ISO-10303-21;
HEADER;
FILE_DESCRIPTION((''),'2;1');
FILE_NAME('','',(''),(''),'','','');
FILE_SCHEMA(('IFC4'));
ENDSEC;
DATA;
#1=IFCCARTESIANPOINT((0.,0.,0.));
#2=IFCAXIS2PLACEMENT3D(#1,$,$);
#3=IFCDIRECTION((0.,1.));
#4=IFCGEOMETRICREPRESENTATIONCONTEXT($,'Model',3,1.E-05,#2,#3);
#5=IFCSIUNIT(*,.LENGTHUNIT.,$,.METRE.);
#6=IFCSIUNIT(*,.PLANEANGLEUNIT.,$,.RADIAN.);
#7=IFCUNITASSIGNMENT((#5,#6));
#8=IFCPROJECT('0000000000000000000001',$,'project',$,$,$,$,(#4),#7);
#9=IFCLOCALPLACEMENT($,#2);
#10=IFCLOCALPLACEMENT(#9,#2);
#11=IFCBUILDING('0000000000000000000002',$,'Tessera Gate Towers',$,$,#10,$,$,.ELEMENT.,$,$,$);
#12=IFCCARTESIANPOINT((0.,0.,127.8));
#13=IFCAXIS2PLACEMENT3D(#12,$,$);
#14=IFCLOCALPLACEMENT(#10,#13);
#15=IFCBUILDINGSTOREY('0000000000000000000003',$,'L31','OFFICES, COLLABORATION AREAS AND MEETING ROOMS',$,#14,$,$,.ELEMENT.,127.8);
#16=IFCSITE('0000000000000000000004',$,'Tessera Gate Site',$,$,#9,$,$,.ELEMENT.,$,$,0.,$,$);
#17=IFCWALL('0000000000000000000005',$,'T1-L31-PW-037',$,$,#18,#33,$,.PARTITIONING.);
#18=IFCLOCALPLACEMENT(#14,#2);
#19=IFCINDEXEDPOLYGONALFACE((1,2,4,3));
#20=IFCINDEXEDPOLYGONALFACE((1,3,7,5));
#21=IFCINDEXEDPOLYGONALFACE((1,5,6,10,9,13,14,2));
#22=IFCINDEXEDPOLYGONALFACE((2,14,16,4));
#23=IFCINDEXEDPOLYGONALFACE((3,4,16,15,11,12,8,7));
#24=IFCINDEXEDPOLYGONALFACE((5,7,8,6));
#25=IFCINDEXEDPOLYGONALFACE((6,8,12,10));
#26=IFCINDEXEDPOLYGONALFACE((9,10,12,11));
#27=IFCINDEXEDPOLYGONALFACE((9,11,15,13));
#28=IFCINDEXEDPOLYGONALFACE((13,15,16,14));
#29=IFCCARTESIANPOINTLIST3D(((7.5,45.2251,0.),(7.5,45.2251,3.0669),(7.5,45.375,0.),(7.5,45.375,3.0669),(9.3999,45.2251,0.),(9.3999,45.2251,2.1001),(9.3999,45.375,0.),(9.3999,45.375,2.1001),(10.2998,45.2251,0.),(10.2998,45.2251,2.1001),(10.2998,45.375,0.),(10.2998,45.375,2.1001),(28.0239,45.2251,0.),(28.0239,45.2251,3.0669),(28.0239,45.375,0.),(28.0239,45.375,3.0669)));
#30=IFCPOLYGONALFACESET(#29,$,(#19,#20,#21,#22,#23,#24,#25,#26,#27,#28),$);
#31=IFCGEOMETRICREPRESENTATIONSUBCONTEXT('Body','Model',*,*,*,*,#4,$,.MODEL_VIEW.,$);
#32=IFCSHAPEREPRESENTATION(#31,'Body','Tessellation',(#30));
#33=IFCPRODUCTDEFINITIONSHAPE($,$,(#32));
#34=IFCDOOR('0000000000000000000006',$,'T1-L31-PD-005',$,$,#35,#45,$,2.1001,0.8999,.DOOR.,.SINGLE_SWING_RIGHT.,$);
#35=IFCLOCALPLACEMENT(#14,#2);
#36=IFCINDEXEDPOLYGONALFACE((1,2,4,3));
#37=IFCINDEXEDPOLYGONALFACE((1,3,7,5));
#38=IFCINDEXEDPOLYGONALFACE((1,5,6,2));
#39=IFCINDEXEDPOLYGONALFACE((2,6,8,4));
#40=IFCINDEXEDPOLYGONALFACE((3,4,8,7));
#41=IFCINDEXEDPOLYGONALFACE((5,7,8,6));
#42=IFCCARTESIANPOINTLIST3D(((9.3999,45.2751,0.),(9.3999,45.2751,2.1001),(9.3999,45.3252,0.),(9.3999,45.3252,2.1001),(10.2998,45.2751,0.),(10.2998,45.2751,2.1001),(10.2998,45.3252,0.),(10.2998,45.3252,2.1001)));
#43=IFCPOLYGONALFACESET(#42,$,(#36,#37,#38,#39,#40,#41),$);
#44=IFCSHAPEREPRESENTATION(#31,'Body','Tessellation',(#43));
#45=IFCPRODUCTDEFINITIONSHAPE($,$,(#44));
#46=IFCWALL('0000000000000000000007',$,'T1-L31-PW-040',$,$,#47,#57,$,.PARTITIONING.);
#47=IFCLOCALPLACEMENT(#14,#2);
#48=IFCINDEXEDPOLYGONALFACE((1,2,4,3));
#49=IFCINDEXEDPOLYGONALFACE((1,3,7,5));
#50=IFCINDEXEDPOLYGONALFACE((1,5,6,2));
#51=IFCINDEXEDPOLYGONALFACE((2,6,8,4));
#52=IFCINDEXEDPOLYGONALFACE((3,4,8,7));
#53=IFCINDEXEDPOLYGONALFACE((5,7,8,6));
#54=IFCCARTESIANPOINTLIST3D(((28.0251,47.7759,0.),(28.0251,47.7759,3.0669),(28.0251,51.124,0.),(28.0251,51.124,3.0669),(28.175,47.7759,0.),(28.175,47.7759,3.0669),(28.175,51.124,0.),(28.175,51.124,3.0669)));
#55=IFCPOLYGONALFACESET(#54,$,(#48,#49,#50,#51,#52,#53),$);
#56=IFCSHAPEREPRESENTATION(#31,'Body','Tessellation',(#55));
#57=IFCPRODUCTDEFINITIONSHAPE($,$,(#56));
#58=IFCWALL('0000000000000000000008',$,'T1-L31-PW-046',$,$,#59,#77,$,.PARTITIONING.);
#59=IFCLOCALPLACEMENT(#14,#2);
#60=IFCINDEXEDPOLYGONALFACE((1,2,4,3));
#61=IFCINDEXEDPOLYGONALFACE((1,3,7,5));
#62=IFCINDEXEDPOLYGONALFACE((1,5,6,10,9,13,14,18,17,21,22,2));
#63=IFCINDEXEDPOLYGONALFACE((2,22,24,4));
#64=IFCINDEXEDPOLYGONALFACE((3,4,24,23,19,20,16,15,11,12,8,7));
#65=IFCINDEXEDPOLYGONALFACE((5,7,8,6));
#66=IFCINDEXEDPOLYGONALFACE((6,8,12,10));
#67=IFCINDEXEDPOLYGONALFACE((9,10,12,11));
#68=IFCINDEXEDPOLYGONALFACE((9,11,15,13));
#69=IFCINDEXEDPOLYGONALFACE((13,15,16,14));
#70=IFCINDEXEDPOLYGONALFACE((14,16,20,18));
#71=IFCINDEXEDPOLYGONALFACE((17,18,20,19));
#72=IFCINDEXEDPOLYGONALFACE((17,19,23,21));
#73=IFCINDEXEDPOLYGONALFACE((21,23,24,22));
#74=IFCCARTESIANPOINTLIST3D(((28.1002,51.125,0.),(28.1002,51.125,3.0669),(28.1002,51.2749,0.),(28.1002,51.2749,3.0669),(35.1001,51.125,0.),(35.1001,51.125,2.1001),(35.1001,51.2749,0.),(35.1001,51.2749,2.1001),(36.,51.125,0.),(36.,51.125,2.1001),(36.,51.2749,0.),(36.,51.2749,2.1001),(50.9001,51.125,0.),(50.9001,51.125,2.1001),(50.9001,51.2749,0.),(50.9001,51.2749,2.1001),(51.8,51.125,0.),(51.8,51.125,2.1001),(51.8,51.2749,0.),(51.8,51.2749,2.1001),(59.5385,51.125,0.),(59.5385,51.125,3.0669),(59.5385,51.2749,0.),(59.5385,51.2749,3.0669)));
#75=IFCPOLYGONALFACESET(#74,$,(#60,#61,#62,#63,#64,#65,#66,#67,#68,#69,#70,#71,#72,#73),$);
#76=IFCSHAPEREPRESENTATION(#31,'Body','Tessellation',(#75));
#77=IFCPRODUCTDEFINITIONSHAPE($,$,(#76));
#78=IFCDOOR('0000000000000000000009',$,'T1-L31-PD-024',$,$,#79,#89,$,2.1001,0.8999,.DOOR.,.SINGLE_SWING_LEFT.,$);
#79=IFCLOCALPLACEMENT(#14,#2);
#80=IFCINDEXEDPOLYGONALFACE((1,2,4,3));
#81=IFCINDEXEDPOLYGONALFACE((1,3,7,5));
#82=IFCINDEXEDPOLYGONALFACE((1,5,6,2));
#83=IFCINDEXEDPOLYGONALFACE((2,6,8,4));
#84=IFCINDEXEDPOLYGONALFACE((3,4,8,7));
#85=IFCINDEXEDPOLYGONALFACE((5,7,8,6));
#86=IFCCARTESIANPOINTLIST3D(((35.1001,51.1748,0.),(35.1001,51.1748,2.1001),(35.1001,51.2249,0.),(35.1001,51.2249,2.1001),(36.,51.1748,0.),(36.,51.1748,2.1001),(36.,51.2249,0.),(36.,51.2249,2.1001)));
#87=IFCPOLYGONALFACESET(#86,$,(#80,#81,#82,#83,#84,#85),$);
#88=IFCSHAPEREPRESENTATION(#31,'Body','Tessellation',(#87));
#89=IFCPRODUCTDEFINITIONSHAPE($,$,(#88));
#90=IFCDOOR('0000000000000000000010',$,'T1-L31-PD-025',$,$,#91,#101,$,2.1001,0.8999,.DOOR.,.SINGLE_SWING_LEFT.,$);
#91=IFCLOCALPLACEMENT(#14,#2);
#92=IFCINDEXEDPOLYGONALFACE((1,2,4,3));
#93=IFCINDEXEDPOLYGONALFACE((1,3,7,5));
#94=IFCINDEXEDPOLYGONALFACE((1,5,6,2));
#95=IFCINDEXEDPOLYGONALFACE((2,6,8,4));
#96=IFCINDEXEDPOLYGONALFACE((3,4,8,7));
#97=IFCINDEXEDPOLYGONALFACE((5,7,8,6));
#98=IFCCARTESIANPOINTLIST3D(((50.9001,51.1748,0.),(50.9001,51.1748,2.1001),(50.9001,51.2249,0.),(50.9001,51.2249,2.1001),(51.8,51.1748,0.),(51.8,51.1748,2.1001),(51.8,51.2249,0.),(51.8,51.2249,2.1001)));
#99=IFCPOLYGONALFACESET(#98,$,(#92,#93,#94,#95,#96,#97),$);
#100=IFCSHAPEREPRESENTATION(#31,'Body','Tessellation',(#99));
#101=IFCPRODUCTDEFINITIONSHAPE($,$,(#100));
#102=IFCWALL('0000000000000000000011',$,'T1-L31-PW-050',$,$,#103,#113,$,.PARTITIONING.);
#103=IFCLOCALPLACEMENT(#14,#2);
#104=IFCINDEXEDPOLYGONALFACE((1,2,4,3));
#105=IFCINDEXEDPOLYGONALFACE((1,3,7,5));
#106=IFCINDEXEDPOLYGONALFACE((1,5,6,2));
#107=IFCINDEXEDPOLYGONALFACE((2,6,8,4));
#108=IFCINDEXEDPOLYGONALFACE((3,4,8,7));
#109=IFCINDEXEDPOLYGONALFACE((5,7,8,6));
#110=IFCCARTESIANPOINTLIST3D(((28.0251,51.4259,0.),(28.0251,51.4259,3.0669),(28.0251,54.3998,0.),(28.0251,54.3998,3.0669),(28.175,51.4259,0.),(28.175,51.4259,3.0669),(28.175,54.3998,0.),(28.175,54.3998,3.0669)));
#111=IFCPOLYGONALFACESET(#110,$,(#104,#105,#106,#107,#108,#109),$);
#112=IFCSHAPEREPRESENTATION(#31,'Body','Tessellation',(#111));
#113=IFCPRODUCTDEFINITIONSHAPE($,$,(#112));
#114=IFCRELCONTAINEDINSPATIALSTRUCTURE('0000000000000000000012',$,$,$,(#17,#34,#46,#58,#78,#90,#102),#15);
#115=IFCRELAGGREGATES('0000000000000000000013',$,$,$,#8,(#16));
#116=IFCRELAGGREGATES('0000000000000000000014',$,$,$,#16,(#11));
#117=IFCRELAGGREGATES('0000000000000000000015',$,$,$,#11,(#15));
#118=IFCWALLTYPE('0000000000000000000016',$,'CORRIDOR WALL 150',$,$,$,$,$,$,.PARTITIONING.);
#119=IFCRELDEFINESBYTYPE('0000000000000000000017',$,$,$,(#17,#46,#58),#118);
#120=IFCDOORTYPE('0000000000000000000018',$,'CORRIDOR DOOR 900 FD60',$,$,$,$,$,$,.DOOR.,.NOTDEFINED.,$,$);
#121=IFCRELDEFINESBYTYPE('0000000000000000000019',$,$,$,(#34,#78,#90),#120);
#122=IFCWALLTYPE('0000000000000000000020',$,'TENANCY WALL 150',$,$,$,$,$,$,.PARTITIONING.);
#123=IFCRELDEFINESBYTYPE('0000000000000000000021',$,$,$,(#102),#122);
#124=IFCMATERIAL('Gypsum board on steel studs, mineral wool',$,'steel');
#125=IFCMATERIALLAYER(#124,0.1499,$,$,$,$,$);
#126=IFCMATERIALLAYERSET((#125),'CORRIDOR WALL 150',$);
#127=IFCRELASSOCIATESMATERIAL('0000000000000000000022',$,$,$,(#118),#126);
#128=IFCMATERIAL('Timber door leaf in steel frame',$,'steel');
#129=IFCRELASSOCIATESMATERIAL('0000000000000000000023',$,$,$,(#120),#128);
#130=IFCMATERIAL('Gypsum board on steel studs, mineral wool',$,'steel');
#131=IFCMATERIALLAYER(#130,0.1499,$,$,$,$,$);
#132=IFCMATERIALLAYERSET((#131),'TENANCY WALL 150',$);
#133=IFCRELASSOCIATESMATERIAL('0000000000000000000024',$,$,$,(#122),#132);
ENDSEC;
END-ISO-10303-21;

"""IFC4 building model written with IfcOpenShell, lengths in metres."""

from ifc_helpers import new_model, si_unit, direction, frame, frame_2d, origin, place, context, subcontext, project, spatial, rectangle, extrude, source, transform, mapped, material, layer, layer_set, type_object, element, fill, save


model = new_model("IFC4")

# Units and contexts
model_context = context("Model", 3, precision=1e-05, world=origin(), true_north=direction((0.0, 1.0)))
body_context = subcontext(model_context, "Body", "Model", "MODEL_VIEW")
ifc_project = project(units=[si_unit("LENGTHUNIT", "METRE"), si_unit("PLANEANGLEUNIT", "RADIAN")], contexts=[model_context])

# Site, building, storey
site_placement = place(None, origin())
site = spatial("IfcSite", under=ifc_project, at=site_placement, Name="Tessera Gate Site", CompositionType="ELEMENT", RefElevation=0.0)
building_placement = place(site_placement, origin())
building = spatial("IfcBuilding", under=site, at=building_placement, Name="Tessera Gate Towers", CompositionType="ELEMENT")
storey_placement = place(building_placement, frame((0.0, 0.0, 127.8)))
storey = spatial("IfcBuildingStorey", under=building, at=storey_placement, Name="L31", Description="OFFICES, COLLABORATION AREAS AND MEETING ROOMS", CompositionType="ELEMENT", Elevation=127.8)

# Wall, opening, door
ifc_material_1 = material(Name="Gypsum board on steel studs, mineral wool", Category="steel")
ifc_layer_1 = layer(ifc_material_1, 0.1499)
ifc_layer_set_1 = layer_set([ifc_layer_1], Name="CORRIDOR WALL 150")
wall_type_1 = type_object("IfcWallType", Name="CORRIDOR WALL 150", PredefinedType="PARTITIONING", material=ifc_layer_set_1)
wall_1_placement = place(storey_placement, frame((28.0239, 45.3, 0.0), z_axis=(0.0, 0.0, 1.0), x_axis=(-1.0, 0.0, 0.0)))
wall_1 = element("IfcWall", 1, at=wall_1_placement, inside=storey, type_object=wall_type_1, Name="T1-L31-PW-037", PredefinedType="PARTITIONING", context=body_context, shape_type="SweptSolid", body=[
    extrude(rectangle(XDim=20.5239, YDim=0.1499, at=frame_2d((10.262, 0.0))), origin(), (0.0, 0.0, 1.0), 3.0669),
])
shared_shape_1 = source(origin(), body_context, "Body", "SweptSolid", [
    extrude(rectangle(XDim=0.8999, YDim=2.1001, at=frame_2d((0.45, 1.05))), frame((0.0, 0.085, 0.0), z_axis=(0.0, -1.0, 0.0), x_axis=(1.0, 0.0, 0.0)), (0.0, 0.0, 1.0), 0.1699),
])
opening_1_placement = place(wall_1_placement, frame((17.7241, 0.0, 0.0)))
opening_1 = element("IfcOpeningElement", 2, at=opening_1_placement, cuts=wall_1, PredefinedType="OPENING", context=body_context, shape_type="MappedRepresentation", body=[
    mapped(shared_shape_1, transform((0.0, 0.0, 0.0), scale=1.0)),
])
ifc_material_2 = material(Name="Timber door leaf in steel frame", Category="steel")
door_type_1 = type_object("IfcDoorType", Name="CORRIDOR DOOR 900 FD60", OperationType="NOTDEFINED", PredefinedType="DOOR", material=ifc_material_2)
shared_shape_2 = source(origin(), body_context, "Body", "SweptSolid", [
    extrude(rectangle(XDim=0.8999, YDim=2.1001, at=frame_2d((0.45, 1.05))), frame((0.0, 0.0249, 0.0), z_axis=(0.0, -1.0, 0.0), x_axis=(1.0, 0.0, 0.0)), (0.0, 0.0, 1.0), 0.05),
])
door_1_placement = place(opening_1_placement, origin())
door_1 = element("IfcDoor", 3, at=door_1_placement, inside=storey, type_object=door_type_1, Name="T1-L31-PD-005", OperationType="SINGLE_SWING_RIGHT", OverallHeight=2.1001, OverallWidth=0.8999, PredefinedType="DOOR", context=body_context, shape_type="MappedRepresentation", body=[
    mapped(shared_shape_2, transform((0.0, 0.0, 0.0), scale=1.0)),
])
fill(opening_1, door_1)

# Wall
wall_2_placement = place(storey_placement, frame((28.1001, 47.7759, 0.0), z_axis=(0.0, 0.0, 1.0), x_axis=(0.0, 1.0, 0.0)))
element("IfcWall", 4, at=wall_2_placement, inside=storey, type_object=wall_type_1, Name="T1-L31-PW-040", PredefinedType="PARTITIONING", context=body_context, shape_type="SweptSolid", body=[
    extrude(rectangle(XDim=3.3481, YDim=0.1499, at=frame_2d((1.6741, 0.0))), origin(), (0.0, 0.0, 1.0), 3.0669),
])

# Wall, openings, doors
wall_3_placement = place(storey_placement, frame((28.1001, 51.2, 0.0), z_axis=(0.0, 0.0, 1.0), x_axis=(1.0, 0.0, 0.0)))
wall_3 = element("IfcWall", 5, at=wall_3_placement, inside=storey, type_object=wall_type_1, Name="T1-L31-PW-046", PredefinedType="PARTITIONING", context=body_context, shape_type="SweptSolid", body=[
    extrude(rectangle(XDim=31.4382, YDim=0.1499, at=frame_2d((15.7192, 0.0))), origin(), (0.0, 0.0, 1.0), 3.0669),
])
opening_2_placement = place(wall_3_placement, frame((7.0, 0.0, 0.0)))
opening_2 = element("IfcOpeningElement", 6, at=opening_2_placement, cuts=wall_3, PredefinedType="OPENING", context=body_context, shape_type="MappedRepresentation", body=[
    mapped(shared_shape_1, transform((0.0, 0.0, 0.0), scale=1.0)),
])
opening_3_placement = place(wall_3_placement, frame((22.8, 0.0, 0.0)))
opening_3 = element("IfcOpeningElement", 7, at=opening_3_placement, cuts=wall_3, PredefinedType="OPENING", context=body_context, shape_type="MappedRepresentation", body=[
    mapped(shared_shape_1, transform((0.0, 0.0, 0.0), scale=1.0)),
])
door_2_placement = place(opening_2_placement, origin())
door_2 = element("IfcDoor", 8, at=door_2_placement, inside=storey, type_object=door_type_1, Name="T1-L31-PD-024", OperationType="SINGLE_SWING_LEFT", OverallHeight=2.1001, OverallWidth=0.8999, PredefinedType="DOOR", context=body_context, shape_type="MappedRepresentation", body=[
    mapped(shared_shape_2, transform((0.0, 0.0, 0.0), scale=1.0)),
])
fill(opening_2, door_2)
door_3_placement = place(opening_3_placement, origin())
door_3 = element("IfcDoor", 9, at=door_3_placement, inside=storey, type_object=door_type_1, Name="T1-L31-PD-025", OperationType="SINGLE_SWING_LEFT", OverallHeight=2.1001, OverallWidth=0.8999, PredefinedType="DOOR", context=body_context, shape_type="MappedRepresentation", body=[
    mapped(shared_shape_2, transform((0.0, 0.0, 0.0), scale=1.0)),
])
fill(opening_3, door_3)

# Wall
ifc_material_3 = material(Name="Gypsum board on steel studs, mineral wool", Category="steel")
ifc_layer_2 = layer(ifc_material_3, 0.1499)
ifc_layer_set_2 = layer_set([ifc_layer_2], Name="TENANCY WALL 150")
wall_type_2 = type_object("IfcWallType", Name="TENANCY WALL 150", PredefinedType="PARTITIONING", material=ifc_layer_set_2)
wall_4_placement = place(storey_placement, frame((28.1001, 51.426, 0.0), z_axis=(0.0, 0.0, 1.0), x_axis=(0.0, 1.0, 0.0)))
element("IfcWall", 10, at=wall_4_placement, inside=storey, type_object=wall_type_2, Name="T1-L31-PW-050", PredefinedType="PARTITIONING", context=body_context, shape_type="SweptSolid", body=[
    extrude(rectangle(XDim=2.9739, YDim=0.1499, at=frame_2d((1.4868, 0.0))), origin(), (0.0, 0.0, 1.0), 3.0669),
])

save(model, "model.ifc")
